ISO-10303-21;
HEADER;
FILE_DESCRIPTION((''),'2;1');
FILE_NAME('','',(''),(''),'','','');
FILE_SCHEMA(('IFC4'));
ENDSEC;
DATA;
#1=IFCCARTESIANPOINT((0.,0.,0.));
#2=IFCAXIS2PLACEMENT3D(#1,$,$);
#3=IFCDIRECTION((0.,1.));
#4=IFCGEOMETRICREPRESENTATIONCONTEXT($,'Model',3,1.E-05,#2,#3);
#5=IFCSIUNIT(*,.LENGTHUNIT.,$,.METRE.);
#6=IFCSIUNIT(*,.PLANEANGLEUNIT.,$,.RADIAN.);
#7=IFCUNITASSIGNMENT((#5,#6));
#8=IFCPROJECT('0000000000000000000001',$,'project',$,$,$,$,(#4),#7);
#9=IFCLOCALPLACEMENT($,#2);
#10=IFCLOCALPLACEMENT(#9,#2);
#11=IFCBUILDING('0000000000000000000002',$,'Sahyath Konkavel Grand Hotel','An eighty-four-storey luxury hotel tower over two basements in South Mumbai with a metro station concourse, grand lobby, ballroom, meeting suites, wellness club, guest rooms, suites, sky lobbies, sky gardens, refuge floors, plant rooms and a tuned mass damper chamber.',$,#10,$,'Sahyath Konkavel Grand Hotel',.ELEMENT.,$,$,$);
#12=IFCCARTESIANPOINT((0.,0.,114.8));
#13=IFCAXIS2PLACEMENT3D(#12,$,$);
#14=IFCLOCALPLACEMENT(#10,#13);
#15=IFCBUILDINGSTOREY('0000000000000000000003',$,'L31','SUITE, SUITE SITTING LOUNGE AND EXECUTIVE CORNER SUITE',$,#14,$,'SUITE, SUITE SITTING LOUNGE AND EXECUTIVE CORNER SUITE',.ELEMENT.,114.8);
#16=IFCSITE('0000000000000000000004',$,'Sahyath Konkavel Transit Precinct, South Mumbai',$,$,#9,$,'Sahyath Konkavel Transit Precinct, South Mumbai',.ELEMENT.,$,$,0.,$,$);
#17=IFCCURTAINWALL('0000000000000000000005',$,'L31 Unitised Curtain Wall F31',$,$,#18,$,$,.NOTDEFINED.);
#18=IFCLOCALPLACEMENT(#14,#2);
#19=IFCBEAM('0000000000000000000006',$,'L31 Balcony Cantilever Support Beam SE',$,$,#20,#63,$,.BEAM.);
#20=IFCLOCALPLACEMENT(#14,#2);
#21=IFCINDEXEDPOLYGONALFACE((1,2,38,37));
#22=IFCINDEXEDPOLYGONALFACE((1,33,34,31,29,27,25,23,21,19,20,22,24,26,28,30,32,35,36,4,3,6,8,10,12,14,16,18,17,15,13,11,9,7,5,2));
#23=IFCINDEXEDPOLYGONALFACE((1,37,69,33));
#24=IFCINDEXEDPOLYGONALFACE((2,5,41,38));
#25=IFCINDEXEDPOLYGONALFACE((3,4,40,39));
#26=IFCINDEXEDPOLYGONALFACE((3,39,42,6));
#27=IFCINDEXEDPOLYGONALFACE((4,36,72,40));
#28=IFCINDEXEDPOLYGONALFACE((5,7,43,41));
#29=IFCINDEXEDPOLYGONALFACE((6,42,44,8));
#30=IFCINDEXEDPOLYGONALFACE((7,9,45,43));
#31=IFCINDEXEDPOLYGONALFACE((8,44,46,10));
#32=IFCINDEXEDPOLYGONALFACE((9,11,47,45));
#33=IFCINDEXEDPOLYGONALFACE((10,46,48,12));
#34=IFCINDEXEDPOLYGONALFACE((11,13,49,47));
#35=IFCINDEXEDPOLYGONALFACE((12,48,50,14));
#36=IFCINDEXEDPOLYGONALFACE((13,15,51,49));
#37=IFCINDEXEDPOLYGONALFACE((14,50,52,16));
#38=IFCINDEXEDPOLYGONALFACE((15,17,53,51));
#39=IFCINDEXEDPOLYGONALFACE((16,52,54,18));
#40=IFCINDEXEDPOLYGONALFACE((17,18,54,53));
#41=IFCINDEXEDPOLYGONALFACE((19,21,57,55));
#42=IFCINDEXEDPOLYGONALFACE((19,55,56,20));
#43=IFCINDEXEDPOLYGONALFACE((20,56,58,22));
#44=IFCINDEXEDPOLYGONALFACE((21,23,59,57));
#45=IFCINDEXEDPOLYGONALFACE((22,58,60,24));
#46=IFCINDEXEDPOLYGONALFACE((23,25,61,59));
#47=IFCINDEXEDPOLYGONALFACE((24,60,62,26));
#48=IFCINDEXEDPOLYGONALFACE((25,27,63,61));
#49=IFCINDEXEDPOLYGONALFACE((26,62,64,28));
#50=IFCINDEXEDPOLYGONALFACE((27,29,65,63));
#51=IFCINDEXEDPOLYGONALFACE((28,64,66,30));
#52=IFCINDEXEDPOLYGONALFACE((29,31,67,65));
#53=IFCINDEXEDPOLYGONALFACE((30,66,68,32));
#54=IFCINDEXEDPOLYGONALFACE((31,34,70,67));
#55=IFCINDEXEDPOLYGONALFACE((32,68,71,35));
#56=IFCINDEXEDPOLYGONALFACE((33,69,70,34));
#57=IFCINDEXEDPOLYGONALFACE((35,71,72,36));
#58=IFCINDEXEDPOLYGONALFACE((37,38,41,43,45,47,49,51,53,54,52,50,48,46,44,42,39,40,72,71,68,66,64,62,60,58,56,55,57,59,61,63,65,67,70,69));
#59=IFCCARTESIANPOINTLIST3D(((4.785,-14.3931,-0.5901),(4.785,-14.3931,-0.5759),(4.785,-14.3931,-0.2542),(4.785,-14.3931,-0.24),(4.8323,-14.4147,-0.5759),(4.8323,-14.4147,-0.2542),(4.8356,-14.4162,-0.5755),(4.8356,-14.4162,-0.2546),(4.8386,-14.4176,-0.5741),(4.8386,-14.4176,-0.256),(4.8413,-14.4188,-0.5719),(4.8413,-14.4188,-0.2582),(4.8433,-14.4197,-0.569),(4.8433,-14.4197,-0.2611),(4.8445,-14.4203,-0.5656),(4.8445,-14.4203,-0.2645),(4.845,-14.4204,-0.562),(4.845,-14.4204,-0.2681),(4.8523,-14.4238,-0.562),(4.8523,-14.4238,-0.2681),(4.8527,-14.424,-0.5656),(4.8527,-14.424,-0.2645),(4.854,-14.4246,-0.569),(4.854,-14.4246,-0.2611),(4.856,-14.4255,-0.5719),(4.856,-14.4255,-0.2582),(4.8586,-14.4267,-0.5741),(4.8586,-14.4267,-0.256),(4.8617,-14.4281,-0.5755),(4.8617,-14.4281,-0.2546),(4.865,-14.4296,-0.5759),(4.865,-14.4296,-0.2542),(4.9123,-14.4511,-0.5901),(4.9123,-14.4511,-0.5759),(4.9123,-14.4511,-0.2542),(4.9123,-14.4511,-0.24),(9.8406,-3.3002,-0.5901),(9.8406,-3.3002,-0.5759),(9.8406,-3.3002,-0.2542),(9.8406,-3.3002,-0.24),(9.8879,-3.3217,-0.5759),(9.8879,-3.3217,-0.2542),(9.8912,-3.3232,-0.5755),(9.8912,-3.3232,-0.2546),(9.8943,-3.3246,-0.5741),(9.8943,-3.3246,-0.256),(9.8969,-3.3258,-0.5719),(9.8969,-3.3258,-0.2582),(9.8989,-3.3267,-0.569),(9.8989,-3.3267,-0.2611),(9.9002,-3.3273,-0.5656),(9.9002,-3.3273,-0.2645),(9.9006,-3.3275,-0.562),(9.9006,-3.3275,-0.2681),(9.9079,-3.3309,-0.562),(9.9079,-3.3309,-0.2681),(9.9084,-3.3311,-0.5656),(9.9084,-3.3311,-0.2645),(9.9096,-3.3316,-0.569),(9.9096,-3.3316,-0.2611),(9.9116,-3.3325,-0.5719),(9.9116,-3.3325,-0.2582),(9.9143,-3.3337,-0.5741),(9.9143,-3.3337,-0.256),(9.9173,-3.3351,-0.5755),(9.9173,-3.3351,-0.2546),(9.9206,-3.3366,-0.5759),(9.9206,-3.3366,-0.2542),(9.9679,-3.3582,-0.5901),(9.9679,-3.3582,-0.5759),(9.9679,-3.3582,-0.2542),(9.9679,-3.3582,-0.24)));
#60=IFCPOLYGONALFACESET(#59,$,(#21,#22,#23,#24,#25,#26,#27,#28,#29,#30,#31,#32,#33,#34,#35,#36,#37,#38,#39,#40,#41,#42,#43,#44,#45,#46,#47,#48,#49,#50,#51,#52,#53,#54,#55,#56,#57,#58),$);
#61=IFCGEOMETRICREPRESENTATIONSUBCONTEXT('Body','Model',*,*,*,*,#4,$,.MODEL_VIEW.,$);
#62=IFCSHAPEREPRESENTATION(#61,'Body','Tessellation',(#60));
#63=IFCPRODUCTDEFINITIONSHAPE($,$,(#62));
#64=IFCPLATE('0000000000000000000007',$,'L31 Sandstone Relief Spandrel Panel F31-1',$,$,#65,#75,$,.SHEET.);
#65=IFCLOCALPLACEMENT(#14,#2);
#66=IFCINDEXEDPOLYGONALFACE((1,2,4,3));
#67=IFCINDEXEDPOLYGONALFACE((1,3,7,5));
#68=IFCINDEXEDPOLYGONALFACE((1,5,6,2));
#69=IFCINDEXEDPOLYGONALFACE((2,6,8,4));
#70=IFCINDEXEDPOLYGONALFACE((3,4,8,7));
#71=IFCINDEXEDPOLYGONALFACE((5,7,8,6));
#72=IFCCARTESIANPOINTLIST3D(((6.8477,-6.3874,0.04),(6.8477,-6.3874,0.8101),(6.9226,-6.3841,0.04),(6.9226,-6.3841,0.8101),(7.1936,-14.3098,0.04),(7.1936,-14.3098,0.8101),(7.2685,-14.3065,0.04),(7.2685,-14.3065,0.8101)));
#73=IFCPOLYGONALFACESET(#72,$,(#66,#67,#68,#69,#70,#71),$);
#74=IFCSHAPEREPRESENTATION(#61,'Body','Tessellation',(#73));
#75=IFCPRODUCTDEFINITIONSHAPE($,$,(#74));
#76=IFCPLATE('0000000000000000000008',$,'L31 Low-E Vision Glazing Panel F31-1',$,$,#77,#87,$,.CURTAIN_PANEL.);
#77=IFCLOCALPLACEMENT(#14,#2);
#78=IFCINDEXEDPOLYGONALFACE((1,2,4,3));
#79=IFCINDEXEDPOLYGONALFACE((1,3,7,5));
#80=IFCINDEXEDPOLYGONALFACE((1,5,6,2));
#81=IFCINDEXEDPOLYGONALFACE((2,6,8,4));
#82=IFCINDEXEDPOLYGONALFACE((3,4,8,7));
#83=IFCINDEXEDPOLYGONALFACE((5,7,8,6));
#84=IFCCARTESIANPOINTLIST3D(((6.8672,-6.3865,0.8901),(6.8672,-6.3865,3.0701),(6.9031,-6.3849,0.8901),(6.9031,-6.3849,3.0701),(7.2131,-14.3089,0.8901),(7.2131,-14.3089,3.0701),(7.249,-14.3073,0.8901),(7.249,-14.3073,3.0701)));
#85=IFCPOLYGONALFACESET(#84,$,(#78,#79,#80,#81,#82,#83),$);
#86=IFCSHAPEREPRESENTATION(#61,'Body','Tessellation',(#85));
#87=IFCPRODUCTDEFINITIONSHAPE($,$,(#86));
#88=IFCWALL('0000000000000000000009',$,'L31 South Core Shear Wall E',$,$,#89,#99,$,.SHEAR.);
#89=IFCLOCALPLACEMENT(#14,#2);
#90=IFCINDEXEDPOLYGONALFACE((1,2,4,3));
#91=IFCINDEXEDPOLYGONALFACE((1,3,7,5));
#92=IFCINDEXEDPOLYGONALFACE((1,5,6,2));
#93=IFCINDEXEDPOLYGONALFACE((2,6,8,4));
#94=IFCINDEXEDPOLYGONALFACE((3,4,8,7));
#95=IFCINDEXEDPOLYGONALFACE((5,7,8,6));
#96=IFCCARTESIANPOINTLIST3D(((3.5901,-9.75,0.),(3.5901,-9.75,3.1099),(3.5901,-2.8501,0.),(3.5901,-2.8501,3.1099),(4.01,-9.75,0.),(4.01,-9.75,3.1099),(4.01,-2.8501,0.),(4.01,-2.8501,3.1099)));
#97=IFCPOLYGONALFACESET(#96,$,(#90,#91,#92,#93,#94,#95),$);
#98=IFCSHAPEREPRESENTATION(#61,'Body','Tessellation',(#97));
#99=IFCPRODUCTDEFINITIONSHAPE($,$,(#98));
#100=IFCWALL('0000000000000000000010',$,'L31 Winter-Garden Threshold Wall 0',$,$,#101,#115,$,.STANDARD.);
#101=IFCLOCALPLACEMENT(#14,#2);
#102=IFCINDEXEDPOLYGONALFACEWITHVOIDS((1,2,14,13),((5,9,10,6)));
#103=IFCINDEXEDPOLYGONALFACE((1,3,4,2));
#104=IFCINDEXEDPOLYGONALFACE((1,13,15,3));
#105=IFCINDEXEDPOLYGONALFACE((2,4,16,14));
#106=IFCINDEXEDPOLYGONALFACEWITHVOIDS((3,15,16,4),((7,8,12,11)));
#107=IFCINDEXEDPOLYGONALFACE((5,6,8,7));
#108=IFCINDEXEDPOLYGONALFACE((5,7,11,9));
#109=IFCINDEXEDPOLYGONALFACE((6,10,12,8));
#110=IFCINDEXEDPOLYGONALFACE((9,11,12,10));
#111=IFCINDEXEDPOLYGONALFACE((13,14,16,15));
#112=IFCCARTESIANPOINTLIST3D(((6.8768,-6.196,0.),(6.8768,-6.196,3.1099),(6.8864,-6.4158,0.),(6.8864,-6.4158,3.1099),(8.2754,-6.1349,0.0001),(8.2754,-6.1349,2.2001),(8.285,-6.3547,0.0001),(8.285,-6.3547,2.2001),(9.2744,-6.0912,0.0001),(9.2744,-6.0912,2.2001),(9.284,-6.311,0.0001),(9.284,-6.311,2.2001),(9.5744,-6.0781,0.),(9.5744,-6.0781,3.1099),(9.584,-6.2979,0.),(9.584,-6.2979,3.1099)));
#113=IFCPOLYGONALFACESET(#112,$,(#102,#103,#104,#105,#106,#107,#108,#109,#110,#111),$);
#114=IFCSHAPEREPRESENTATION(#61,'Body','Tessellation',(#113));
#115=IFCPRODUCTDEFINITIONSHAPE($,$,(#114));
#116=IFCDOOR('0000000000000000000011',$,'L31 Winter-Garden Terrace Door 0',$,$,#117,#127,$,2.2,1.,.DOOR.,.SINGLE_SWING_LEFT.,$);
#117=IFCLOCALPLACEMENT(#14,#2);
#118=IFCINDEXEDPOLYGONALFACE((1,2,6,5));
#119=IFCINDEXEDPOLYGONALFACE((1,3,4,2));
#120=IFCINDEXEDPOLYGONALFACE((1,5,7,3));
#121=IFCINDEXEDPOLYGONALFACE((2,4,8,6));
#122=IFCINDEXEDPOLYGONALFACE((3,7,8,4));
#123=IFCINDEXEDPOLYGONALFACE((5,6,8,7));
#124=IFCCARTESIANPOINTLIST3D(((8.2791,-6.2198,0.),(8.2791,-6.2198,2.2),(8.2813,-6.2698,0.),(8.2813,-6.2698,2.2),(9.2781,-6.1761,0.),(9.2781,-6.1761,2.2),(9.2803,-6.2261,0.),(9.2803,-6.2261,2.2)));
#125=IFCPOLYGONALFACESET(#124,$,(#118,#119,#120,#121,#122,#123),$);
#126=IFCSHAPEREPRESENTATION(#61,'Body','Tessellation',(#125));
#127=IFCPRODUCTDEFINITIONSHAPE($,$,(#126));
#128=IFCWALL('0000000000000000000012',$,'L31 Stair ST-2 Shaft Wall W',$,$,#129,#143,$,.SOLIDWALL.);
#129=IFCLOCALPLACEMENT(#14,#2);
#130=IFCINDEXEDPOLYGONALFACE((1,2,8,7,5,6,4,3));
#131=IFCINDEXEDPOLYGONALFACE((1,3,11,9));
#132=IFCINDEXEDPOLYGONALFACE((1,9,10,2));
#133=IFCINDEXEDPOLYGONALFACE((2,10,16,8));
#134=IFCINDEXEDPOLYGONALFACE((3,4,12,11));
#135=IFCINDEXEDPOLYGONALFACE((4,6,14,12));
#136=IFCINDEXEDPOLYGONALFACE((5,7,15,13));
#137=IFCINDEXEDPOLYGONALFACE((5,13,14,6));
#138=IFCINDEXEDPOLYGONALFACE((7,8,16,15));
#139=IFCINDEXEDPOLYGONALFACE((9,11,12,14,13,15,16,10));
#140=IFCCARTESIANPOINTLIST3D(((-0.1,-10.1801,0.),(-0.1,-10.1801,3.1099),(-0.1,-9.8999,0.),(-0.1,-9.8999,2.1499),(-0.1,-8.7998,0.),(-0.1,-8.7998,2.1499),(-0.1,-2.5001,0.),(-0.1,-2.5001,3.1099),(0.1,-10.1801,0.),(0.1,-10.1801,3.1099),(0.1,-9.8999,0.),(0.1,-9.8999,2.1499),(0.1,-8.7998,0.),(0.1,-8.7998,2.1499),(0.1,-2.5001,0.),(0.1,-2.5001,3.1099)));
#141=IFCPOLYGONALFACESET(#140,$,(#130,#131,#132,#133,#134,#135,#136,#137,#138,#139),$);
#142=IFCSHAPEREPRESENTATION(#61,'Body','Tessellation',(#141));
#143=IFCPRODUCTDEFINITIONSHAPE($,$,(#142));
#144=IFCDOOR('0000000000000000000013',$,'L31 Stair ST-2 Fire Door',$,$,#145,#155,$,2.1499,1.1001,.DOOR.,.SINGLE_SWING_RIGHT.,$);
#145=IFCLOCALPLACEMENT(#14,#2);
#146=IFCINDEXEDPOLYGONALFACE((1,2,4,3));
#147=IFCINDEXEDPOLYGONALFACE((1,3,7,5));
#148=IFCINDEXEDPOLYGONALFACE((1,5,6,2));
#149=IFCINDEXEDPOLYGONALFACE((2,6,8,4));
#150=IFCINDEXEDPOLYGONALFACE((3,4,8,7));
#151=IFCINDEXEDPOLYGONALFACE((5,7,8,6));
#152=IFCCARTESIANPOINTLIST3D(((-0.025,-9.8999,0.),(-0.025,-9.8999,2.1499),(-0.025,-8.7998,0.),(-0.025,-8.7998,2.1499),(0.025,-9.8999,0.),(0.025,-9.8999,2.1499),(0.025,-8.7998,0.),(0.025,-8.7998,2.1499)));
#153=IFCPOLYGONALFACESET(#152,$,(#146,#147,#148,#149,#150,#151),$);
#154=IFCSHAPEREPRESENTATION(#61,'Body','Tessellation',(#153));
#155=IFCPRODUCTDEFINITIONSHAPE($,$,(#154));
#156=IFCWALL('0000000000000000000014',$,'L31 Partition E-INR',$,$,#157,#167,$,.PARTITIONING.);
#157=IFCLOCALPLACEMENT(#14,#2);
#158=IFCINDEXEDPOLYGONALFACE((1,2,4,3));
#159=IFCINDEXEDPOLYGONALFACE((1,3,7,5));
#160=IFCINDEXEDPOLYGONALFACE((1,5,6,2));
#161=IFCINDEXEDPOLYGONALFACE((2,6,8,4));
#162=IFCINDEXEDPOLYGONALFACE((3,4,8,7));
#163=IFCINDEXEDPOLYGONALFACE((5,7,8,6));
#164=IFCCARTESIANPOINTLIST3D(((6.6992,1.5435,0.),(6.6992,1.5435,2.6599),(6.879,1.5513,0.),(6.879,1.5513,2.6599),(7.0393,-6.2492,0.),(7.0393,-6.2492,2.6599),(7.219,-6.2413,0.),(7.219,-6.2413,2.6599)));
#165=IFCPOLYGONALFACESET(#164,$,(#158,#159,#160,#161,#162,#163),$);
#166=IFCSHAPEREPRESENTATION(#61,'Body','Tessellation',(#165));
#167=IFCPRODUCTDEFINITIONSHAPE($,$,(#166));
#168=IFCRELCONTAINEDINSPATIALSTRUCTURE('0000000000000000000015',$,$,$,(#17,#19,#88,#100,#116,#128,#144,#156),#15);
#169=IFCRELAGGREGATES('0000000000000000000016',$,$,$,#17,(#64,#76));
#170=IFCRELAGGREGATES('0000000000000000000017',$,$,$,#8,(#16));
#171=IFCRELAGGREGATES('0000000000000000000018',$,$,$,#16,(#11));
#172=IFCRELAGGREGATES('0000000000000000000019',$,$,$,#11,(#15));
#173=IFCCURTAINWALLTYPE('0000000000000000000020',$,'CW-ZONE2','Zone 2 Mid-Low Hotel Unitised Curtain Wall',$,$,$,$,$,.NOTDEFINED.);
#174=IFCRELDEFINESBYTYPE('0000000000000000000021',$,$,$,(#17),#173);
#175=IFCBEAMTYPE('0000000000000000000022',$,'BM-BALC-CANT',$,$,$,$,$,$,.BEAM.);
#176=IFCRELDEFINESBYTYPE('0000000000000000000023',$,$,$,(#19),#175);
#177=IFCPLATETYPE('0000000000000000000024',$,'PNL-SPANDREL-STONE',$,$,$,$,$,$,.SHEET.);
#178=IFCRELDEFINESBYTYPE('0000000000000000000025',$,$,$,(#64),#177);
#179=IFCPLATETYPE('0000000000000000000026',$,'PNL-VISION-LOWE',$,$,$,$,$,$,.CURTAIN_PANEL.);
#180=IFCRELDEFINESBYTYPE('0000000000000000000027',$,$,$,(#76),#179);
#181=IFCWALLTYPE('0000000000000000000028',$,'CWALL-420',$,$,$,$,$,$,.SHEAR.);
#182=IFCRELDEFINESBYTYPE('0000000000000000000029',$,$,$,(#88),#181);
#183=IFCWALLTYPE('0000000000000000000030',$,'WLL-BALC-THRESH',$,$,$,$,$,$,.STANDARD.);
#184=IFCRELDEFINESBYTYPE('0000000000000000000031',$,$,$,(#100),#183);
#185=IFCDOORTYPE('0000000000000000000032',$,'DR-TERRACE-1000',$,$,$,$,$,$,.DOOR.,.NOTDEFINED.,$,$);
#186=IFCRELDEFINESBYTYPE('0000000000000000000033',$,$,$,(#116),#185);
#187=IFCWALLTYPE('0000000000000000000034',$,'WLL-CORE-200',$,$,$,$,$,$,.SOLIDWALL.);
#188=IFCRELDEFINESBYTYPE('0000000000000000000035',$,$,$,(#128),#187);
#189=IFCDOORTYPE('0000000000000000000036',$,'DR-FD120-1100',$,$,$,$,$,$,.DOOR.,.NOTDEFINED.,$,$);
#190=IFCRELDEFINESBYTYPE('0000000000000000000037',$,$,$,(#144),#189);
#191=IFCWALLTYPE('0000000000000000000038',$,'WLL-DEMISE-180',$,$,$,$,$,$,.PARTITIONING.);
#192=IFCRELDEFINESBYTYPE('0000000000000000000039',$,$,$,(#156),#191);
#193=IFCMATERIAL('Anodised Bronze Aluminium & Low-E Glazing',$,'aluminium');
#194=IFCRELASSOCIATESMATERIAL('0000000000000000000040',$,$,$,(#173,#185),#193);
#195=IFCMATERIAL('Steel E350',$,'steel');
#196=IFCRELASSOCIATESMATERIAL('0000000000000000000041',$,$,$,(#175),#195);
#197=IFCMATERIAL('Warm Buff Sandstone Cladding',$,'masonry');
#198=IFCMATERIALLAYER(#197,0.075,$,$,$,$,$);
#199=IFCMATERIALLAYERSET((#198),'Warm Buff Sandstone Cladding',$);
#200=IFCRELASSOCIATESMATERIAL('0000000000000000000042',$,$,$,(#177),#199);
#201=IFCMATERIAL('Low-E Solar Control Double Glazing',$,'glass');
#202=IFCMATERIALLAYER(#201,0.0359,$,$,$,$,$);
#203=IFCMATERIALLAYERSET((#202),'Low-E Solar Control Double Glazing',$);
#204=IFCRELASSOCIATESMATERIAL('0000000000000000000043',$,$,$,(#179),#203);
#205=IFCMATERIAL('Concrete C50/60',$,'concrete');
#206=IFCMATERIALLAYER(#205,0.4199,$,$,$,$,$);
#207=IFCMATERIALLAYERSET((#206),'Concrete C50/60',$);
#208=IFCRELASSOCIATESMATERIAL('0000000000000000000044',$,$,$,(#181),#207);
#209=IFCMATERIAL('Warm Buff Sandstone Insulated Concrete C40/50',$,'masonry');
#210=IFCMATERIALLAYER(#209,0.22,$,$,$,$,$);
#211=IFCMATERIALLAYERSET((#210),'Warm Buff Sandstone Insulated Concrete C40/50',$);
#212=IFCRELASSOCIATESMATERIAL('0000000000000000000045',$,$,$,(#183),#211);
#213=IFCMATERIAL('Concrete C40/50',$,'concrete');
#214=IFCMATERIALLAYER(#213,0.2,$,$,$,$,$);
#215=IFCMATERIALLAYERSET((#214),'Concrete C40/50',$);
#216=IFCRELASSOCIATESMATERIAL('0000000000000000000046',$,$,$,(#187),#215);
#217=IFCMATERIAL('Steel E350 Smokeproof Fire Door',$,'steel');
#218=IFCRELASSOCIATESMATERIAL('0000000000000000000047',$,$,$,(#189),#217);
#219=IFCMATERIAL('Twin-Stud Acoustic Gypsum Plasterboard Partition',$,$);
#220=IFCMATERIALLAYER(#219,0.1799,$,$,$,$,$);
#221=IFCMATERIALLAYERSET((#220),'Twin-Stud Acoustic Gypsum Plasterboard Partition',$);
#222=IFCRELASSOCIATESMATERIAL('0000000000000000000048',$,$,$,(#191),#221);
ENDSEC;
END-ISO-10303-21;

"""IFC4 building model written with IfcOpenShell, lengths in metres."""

from ifc_helpers import new_model, si_unit, direction, frame, frame_2d, origin, origin_2d, place, context, subcontext, project, spatial, rectangle, i_section, extrude, source, transform, mapped, material, layer, layer_set, material_profile, profile_set, type_object, element, fill, aggregate, save


model = new_model("IFC4")

# Units and contexts
model_context = context("Model", 3, precision=1e-05, world=origin(), true_north=direction((0.0, 1.0)))
body_context = subcontext(model_context, "Body", "Model", "MODEL_VIEW")
ifc_project = project(units=[si_unit("LENGTHUNIT", "METRE"), si_unit("PLANEANGLEUNIT", "RADIAN")], contexts=[model_context])

# Site, building, storey
site_placement = place(None, origin())
site = spatial("IfcSite", under=ifc_project, at=site_placement, Name="Sahyath Konkavel Transit Precinct, South Mumbai", LongName="Sahyath Konkavel Transit Precinct, South Mumbai", CompositionType="ELEMENT", RefElevation=0.0)
building_placement = place(site_placement, origin())
building = spatial("IfcBuilding", under=site, at=building_placement, Name="Sahyath Konkavel Grand Hotel", Description="An eighty-four-storey luxury hotel tower over two basements in South Mumbai with a metro station concourse, grand lobby, ballroom, meeting suites, wellness club, guest rooms, suites, sky lobbies, sky gardens, refuge floors, plant rooms and a tuned mass damper chamber.", LongName="Sahyath Konkavel Grand Hotel", CompositionType="ELEMENT")
storey_placement = place(building_placement, frame((0.0, 0.0, 114.8)))
storey = spatial("IfcBuildingStorey", under=building, at=storey_placement, Name="L31", Description="SUITE, SUITE SITTING LOUNGE AND EXECUTIVE CORNER SUITE", LongName="SUITE, SUITE SITTING LOUNGE AND EXECUTIVE CORNER SUITE", CompositionType="ELEMENT", Elevation=114.8)

# Shared definitions
ifc_material_1 = material(Name="Steel E350", Category="steel")

# Curtain wall
ifc_material_2 = material(Name="Anodised Bronze Aluminium & Low-E Glazing", Category="aluminium")
curtain_wall_type = type_object("IfcCurtainWallType", Name="CW-ZONE2", Description="Zone 2 Mid-Low Hotel Unitised Curtain Wall", PredefinedType="NOTDEFINED", material=ifc_material_2)
curtain_wall_1_placement = place(storey_placement, origin())
curtain_wall_1 = element("IfcCurtainWall", 1, at=curtain_wall_1_placement, inside=storey, type_object=curtain_wall_type, Name="L31 Unitised Curtain Wall F31", PredefinedType="NOTDEFINED")

# Beam
ifc_material_profile_1 = material_profile(ifc_material_1, i_section(OverallWidth=0.1399, OverallDepth=0.3501, WebThickness=0.0081, FlangeThickness=0.0142, FilletRadius=0.0139, at=origin_2d()), Name="ISMB 350")
ifc_profile_set_1 = profile_set([ifc_material_profile_1], Name="Steel E350")
beam_type_1 = type_object("IfcBeamType", Name="BM-BALC-CANT", PredefinedType="BEAM", material=ifc_profile_set_1)
shared_shape_1 = source(origin(), body_context, "Body", "SweptSolid", [
    extrude(i_section(OverallWidth=0.1399, OverallDepth=0.3501, WebThickness=0.0081, FlangeThickness=0.0142, FilletRadius=0.0139, at=origin_2d()), origin(), (0.0, 0.0, 1.0), 12.1907),
])
beam_1_placement = place(storey_placement, frame((4.8486, -14.4221, -0.415), z_axis=(0.414713, 0.909952, 0.0), x_axis=(-0.909952, 0.414713, 0.0)))
element("IfcBeam", 2, at=beam_1_placement, inside=storey, type_object=beam_type_1, Name="L31 Balcony Cantilever Support Beam SE", PredefinedType="BEAM", context=body_context, shape_type="MappedRepresentation", body=[
    mapped(shared_shape_1, transform((0.0, 0.0, 0.0), scale=1.0)),
])

# Plates
ifc_material_3 = material(Name="Warm Buff Sandstone Cladding", Category="masonry")
ifc_layer_1 = layer(ifc_material_3, 0.075)
ifc_layer_set_1 = layer_set([ifc_layer_1], Name="Warm Buff Sandstone Cladding")
plate_type_1 = type_object("IfcPlateType", Name="PNL-SPANDREL-STONE", PredefinedType="SHEET", material=ifc_layer_set_1)
shared_shape_2 = source(origin(), body_context, "Body", "SweptSolid", [
    extrude(rectangle(XDim=7.9299, YDim=0.075, at=origin_2d()), origin(), (0.0, 0.0, 1.0), 0.77),
])
plate_1_placement = place(storey_placement, frame((7.0581, -10.3469, 0.04), z_axis=(0.0, 0.0, 1.0), x_axis=(-0.043619, 0.999048, 0.0)))
plate_1 = element("IfcPlate", 3, at=plate_1_placement, type_object=plate_type_1, Name="L31 Sandstone Relief Spandrel Panel F31-1", PredefinedType="SHEET", context=body_context, shape_type="MappedRepresentation", body=[
    mapped(shared_shape_2, transform((0.0, 0.0, 0.0), scale=1.0)),
])
ifc_material_4 = material(Name="Low-E Solar Control Double Glazing", Category="glass")
ifc_layer_2 = layer(ifc_material_4, 0.0359)
ifc_layer_set_2 = layer_set([ifc_layer_2], Name="Low-E Solar Control Double Glazing")
plate_type_2 = type_object("IfcPlateType", Name="PNL-VISION-LOWE", PredefinedType="CURTAIN_PANEL", material=ifc_layer_set_2)
shared_shape_3 = source(origin(), body_context, "Body", "SweptSolid", [
    extrude(rectangle(XDim=7.9299, YDim=0.0359, at=origin_2d()), origin(), (0.0, 0.0, 1.0), 2.1799),
])
plate_2_placement = place(storey_placement, frame((7.0581, -10.3469, 0.8901), z_axis=(0.0, 0.0, 1.0), x_axis=(-0.043619, 0.999048, 0.0)))
plate_2 = element("IfcPlate", 4, at=plate_2_placement, type_object=plate_type_2, Name="L31 Low-E Vision Glazing Panel F31-1", PredefinedType="CURTAIN_PANEL", context=body_context, shape_type="MappedRepresentation", body=[
    mapped(shared_shape_3, transform((0.0, 0.0, 0.0), scale=1.0)),
])
aggregate(curtain_wall_1, [plate_1, plate_2])

# Wall
ifc_material_5 = material(Name="Concrete C50/60", Category="concrete")
ifc_layer_3 = layer(ifc_material_5, 0.4199)
ifc_layer_set_3 = layer_set([ifc_layer_3], Name="Concrete C50/60")
wall_type_1 = type_object("IfcWallType", Name="CWALL-420", PredefinedType="SHEAR", material=ifc_layer_set_3)
wall_1_placement = place(storey_placement, frame((3.8, -9.75, 0.0), z_axis=(0.0, 0.0, 1.0), x_axis=(0.0, 1.0, 0.0)))
element("IfcWall", 5, at=wall_1_placement, inside=storey, type_object=wall_type_1, Name="L31 South Core Shear Wall E", PredefinedType="SHEAR", context=body_context, shape_type="SweptSolid", body=[
    extrude(rectangle(XDim=6.8999, YDim=0.4199, at=frame_2d((3.45, 0.0))), origin(), (0.0, 0.0, 1.0), 3.1099),
])

# Walls, openings, doors
ifc_material_6 = material(Name="Warm Buff Sandstone Insulated Concrete C40/50", Category="masonry")
ifc_layer_4 = layer(ifc_material_6, 0.22)
ifc_layer_set_4 = layer_set([ifc_layer_4], Name="Warm Buff Sandstone Insulated Concrete C40/50")
wall_type_2 = type_object("IfcWallType", Name="WLL-BALC-THRESH", PredefinedType="STANDARD", material=ifc_layer_set_4)
wall_2_placement = place(storey_placement, frame((6.8816, -6.3059, 0.0), z_axis=(0.0, 0.0, 1.0), x_axis=(0.999046, 0.043673, 0.0)))
wall_2 = element("IfcWall", 6, at=wall_2_placement, inside=storey, type_object=wall_type_2, Name="L31 Winter-Garden Threshold Wall 0", PredefinedType="STANDARD", context=body_context, shape_type="SweptSolid", body=[
    extrude(rectangle(XDim=2.7002, YDim=0.22, at=frame_2d((1.3501, 0.0))), origin(), (0.0, 0.0, 1.0), 3.1099),
])
opening_1_placement = place(wall_2_placement, frame((1.3999, 0.0, 0.0)))
opening_1 = element("IfcOpeningElement", 7, at=opening_1_placement, cuts=wall_2, PredefinedType="OPENING", context=body_context, shape_type="SweptSolid", body=[
    extrude(rectangle(XDim=1.0, YDim=2.2, at=frame_2d((0.5, 1.1001))), frame((0.0, 0.1201, 0.0), z_axis=(0.0, -1.0, 0.0), x_axis=(1.0, 0.0, 0.0)), (0.0, 0.0, 1.0), 0.24),
])
door_type_1 = type_object("IfcDoorType", Name="DR-TERRACE-1000", OperationType="NOTDEFINED", PredefinedType="DOOR", material=ifc_material_2)
shared_shape_4 = source(origin(), body_context, "Body", "SweptSolid", [
    extrude(rectangle(XDim=1.0, YDim=0.05, at=origin_2d()), origin(), (0.0, 0.0, 1.0), 2.2),
])
door_1_placement = place(opening_1_placement, frame((0.5, 0.0, 0.0)))
door_1 = element("IfcDoor", 8, at=door_1_placement, inside=storey, type_object=door_type_1, Name="L31 Winter-Garden Terrace Door 0", OperationType="SINGLE_SWING_LEFT", OverallHeight=2.2, OverallWidth=1.0, PredefinedType="DOOR", context=body_context, shape_type="MappedRepresentation", body=[
    mapped(shared_shape_4, transform((0.0, 0.0, 0.0), scale=1.0)),
])
fill(opening_1, door_1)
ifc_material_7 = material(Name="Concrete C40/50", Category="concrete")
ifc_layer_5 = layer(ifc_material_7, 0.2)
ifc_layer_set_5 = layer_set([ifc_layer_5], Name="Concrete C40/50")
wall_type_3 = type_object("IfcWallType", Name="WLL-CORE-200", PredefinedType="SOLIDWALL", material=ifc_layer_set_5)
wall_3_placement = place(storey_placement, frame((0.0, -10.1799, 0.0), z_axis=(0.0, 0.0, 1.0), x_axis=(0.0, 1.0, 0.0)))
wall_3 = element("IfcWall", 9, at=wall_3_placement, inside=storey, type_object=wall_type_3, Name="L31 Stair ST-2 Shaft Wall W", PredefinedType="SOLIDWALL", context=body_context, shape_type="SweptSolid", body=[
    extrude(rectangle(XDim=7.6799, YDim=0.2, at=frame_2d((3.8398, 0.0))), origin(), (0.0, 0.0, 1.0), 3.1099),
])
opening_2_placement = place(wall_3_placement, frame((0.28, 0.0, 0.0)))
opening_2 = element("IfcOpeningElement", 10, at=opening_2_placement, cuts=wall_3, PredefinedType="OPENING", context=body_context, shape_type="SweptSolid", body=[
    extrude(rectangle(XDim=1.1001, YDim=2.1499, at=frame_2d((0.55, 1.075))), frame((0.0, 0.1099, 0.0), z_axis=(0.0, -1.0, 0.0), x_axis=(1.0, 0.0, 0.0)), (0.0, 0.0, 1.0), 0.22),
])
ifc_material_8 = material(Name="Steel E350 Smokeproof Fire Door", Category="steel")
door_type_2 = type_object("IfcDoorType", Name="DR-FD120-1100", OperationType="NOTDEFINED", PredefinedType="DOOR", material=ifc_material_8)
shared_shape_5 = source(origin(), body_context, "Body", "SweptSolid", [
    extrude(rectangle(XDim=1.1001, YDim=0.05, at=origin_2d()), origin(), (0.0, 0.0, 1.0), 2.1499),
])
door_2_placement = place(opening_2_placement, frame((0.55, 0.0, 0.0)))
door_2 = element("IfcDoor", 11, at=door_2_placement, inside=storey, type_object=door_type_2, Name="L31 Stair ST-2 Fire Door", OperationType="SINGLE_SWING_RIGHT", OverallHeight=2.1499, OverallWidth=1.1001, PredefinedType="DOOR", context=body_context, shape_type="MappedRepresentation", body=[
    mapped(shared_shape_5, transform((0.0, 0.0, 0.0), scale=1.0)),
])
fill(opening_2, door_2)

# Wall
ifc_material_9 = material(Name="Twin-Stud Acoustic Gypsum Plasterboard Partition")
ifc_layer_6 = layer(ifc_material_9, 0.1799)
ifc_layer_set_6 = layer_set([ifc_layer_6], Name="Twin-Stud Acoustic Gypsum Plasterboard Partition")
wall_type_4 = type_object("IfcWallType", Name="WLL-DEMISE-180", PredefinedType="PARTITIONING", material=ifc_layer_set_6)
wall_4_placement = place(storey_placement, frame((7.1292, -6.2451, 0.0), z_axis=(0.0, 0.0, 1.0), x_axis=(-0.0436, 0.999049, 0.0)))
element("IfcWall", 12, at=wall_4_placement, inside=storey, type_object=wall_type_4, Name="L31 Partition E-INR", PredefinedType="PARTITIONING", context=body_context, shape_type="SweptSolid", body=[
    extrude(rectangle(XDim=7.8, YDim=0.1799, at=frame_2d((3.8999, 0.0))), origin(), (0.0, 0.0, 1.0), 2.6599),
])

save(model, "model.ifc")
